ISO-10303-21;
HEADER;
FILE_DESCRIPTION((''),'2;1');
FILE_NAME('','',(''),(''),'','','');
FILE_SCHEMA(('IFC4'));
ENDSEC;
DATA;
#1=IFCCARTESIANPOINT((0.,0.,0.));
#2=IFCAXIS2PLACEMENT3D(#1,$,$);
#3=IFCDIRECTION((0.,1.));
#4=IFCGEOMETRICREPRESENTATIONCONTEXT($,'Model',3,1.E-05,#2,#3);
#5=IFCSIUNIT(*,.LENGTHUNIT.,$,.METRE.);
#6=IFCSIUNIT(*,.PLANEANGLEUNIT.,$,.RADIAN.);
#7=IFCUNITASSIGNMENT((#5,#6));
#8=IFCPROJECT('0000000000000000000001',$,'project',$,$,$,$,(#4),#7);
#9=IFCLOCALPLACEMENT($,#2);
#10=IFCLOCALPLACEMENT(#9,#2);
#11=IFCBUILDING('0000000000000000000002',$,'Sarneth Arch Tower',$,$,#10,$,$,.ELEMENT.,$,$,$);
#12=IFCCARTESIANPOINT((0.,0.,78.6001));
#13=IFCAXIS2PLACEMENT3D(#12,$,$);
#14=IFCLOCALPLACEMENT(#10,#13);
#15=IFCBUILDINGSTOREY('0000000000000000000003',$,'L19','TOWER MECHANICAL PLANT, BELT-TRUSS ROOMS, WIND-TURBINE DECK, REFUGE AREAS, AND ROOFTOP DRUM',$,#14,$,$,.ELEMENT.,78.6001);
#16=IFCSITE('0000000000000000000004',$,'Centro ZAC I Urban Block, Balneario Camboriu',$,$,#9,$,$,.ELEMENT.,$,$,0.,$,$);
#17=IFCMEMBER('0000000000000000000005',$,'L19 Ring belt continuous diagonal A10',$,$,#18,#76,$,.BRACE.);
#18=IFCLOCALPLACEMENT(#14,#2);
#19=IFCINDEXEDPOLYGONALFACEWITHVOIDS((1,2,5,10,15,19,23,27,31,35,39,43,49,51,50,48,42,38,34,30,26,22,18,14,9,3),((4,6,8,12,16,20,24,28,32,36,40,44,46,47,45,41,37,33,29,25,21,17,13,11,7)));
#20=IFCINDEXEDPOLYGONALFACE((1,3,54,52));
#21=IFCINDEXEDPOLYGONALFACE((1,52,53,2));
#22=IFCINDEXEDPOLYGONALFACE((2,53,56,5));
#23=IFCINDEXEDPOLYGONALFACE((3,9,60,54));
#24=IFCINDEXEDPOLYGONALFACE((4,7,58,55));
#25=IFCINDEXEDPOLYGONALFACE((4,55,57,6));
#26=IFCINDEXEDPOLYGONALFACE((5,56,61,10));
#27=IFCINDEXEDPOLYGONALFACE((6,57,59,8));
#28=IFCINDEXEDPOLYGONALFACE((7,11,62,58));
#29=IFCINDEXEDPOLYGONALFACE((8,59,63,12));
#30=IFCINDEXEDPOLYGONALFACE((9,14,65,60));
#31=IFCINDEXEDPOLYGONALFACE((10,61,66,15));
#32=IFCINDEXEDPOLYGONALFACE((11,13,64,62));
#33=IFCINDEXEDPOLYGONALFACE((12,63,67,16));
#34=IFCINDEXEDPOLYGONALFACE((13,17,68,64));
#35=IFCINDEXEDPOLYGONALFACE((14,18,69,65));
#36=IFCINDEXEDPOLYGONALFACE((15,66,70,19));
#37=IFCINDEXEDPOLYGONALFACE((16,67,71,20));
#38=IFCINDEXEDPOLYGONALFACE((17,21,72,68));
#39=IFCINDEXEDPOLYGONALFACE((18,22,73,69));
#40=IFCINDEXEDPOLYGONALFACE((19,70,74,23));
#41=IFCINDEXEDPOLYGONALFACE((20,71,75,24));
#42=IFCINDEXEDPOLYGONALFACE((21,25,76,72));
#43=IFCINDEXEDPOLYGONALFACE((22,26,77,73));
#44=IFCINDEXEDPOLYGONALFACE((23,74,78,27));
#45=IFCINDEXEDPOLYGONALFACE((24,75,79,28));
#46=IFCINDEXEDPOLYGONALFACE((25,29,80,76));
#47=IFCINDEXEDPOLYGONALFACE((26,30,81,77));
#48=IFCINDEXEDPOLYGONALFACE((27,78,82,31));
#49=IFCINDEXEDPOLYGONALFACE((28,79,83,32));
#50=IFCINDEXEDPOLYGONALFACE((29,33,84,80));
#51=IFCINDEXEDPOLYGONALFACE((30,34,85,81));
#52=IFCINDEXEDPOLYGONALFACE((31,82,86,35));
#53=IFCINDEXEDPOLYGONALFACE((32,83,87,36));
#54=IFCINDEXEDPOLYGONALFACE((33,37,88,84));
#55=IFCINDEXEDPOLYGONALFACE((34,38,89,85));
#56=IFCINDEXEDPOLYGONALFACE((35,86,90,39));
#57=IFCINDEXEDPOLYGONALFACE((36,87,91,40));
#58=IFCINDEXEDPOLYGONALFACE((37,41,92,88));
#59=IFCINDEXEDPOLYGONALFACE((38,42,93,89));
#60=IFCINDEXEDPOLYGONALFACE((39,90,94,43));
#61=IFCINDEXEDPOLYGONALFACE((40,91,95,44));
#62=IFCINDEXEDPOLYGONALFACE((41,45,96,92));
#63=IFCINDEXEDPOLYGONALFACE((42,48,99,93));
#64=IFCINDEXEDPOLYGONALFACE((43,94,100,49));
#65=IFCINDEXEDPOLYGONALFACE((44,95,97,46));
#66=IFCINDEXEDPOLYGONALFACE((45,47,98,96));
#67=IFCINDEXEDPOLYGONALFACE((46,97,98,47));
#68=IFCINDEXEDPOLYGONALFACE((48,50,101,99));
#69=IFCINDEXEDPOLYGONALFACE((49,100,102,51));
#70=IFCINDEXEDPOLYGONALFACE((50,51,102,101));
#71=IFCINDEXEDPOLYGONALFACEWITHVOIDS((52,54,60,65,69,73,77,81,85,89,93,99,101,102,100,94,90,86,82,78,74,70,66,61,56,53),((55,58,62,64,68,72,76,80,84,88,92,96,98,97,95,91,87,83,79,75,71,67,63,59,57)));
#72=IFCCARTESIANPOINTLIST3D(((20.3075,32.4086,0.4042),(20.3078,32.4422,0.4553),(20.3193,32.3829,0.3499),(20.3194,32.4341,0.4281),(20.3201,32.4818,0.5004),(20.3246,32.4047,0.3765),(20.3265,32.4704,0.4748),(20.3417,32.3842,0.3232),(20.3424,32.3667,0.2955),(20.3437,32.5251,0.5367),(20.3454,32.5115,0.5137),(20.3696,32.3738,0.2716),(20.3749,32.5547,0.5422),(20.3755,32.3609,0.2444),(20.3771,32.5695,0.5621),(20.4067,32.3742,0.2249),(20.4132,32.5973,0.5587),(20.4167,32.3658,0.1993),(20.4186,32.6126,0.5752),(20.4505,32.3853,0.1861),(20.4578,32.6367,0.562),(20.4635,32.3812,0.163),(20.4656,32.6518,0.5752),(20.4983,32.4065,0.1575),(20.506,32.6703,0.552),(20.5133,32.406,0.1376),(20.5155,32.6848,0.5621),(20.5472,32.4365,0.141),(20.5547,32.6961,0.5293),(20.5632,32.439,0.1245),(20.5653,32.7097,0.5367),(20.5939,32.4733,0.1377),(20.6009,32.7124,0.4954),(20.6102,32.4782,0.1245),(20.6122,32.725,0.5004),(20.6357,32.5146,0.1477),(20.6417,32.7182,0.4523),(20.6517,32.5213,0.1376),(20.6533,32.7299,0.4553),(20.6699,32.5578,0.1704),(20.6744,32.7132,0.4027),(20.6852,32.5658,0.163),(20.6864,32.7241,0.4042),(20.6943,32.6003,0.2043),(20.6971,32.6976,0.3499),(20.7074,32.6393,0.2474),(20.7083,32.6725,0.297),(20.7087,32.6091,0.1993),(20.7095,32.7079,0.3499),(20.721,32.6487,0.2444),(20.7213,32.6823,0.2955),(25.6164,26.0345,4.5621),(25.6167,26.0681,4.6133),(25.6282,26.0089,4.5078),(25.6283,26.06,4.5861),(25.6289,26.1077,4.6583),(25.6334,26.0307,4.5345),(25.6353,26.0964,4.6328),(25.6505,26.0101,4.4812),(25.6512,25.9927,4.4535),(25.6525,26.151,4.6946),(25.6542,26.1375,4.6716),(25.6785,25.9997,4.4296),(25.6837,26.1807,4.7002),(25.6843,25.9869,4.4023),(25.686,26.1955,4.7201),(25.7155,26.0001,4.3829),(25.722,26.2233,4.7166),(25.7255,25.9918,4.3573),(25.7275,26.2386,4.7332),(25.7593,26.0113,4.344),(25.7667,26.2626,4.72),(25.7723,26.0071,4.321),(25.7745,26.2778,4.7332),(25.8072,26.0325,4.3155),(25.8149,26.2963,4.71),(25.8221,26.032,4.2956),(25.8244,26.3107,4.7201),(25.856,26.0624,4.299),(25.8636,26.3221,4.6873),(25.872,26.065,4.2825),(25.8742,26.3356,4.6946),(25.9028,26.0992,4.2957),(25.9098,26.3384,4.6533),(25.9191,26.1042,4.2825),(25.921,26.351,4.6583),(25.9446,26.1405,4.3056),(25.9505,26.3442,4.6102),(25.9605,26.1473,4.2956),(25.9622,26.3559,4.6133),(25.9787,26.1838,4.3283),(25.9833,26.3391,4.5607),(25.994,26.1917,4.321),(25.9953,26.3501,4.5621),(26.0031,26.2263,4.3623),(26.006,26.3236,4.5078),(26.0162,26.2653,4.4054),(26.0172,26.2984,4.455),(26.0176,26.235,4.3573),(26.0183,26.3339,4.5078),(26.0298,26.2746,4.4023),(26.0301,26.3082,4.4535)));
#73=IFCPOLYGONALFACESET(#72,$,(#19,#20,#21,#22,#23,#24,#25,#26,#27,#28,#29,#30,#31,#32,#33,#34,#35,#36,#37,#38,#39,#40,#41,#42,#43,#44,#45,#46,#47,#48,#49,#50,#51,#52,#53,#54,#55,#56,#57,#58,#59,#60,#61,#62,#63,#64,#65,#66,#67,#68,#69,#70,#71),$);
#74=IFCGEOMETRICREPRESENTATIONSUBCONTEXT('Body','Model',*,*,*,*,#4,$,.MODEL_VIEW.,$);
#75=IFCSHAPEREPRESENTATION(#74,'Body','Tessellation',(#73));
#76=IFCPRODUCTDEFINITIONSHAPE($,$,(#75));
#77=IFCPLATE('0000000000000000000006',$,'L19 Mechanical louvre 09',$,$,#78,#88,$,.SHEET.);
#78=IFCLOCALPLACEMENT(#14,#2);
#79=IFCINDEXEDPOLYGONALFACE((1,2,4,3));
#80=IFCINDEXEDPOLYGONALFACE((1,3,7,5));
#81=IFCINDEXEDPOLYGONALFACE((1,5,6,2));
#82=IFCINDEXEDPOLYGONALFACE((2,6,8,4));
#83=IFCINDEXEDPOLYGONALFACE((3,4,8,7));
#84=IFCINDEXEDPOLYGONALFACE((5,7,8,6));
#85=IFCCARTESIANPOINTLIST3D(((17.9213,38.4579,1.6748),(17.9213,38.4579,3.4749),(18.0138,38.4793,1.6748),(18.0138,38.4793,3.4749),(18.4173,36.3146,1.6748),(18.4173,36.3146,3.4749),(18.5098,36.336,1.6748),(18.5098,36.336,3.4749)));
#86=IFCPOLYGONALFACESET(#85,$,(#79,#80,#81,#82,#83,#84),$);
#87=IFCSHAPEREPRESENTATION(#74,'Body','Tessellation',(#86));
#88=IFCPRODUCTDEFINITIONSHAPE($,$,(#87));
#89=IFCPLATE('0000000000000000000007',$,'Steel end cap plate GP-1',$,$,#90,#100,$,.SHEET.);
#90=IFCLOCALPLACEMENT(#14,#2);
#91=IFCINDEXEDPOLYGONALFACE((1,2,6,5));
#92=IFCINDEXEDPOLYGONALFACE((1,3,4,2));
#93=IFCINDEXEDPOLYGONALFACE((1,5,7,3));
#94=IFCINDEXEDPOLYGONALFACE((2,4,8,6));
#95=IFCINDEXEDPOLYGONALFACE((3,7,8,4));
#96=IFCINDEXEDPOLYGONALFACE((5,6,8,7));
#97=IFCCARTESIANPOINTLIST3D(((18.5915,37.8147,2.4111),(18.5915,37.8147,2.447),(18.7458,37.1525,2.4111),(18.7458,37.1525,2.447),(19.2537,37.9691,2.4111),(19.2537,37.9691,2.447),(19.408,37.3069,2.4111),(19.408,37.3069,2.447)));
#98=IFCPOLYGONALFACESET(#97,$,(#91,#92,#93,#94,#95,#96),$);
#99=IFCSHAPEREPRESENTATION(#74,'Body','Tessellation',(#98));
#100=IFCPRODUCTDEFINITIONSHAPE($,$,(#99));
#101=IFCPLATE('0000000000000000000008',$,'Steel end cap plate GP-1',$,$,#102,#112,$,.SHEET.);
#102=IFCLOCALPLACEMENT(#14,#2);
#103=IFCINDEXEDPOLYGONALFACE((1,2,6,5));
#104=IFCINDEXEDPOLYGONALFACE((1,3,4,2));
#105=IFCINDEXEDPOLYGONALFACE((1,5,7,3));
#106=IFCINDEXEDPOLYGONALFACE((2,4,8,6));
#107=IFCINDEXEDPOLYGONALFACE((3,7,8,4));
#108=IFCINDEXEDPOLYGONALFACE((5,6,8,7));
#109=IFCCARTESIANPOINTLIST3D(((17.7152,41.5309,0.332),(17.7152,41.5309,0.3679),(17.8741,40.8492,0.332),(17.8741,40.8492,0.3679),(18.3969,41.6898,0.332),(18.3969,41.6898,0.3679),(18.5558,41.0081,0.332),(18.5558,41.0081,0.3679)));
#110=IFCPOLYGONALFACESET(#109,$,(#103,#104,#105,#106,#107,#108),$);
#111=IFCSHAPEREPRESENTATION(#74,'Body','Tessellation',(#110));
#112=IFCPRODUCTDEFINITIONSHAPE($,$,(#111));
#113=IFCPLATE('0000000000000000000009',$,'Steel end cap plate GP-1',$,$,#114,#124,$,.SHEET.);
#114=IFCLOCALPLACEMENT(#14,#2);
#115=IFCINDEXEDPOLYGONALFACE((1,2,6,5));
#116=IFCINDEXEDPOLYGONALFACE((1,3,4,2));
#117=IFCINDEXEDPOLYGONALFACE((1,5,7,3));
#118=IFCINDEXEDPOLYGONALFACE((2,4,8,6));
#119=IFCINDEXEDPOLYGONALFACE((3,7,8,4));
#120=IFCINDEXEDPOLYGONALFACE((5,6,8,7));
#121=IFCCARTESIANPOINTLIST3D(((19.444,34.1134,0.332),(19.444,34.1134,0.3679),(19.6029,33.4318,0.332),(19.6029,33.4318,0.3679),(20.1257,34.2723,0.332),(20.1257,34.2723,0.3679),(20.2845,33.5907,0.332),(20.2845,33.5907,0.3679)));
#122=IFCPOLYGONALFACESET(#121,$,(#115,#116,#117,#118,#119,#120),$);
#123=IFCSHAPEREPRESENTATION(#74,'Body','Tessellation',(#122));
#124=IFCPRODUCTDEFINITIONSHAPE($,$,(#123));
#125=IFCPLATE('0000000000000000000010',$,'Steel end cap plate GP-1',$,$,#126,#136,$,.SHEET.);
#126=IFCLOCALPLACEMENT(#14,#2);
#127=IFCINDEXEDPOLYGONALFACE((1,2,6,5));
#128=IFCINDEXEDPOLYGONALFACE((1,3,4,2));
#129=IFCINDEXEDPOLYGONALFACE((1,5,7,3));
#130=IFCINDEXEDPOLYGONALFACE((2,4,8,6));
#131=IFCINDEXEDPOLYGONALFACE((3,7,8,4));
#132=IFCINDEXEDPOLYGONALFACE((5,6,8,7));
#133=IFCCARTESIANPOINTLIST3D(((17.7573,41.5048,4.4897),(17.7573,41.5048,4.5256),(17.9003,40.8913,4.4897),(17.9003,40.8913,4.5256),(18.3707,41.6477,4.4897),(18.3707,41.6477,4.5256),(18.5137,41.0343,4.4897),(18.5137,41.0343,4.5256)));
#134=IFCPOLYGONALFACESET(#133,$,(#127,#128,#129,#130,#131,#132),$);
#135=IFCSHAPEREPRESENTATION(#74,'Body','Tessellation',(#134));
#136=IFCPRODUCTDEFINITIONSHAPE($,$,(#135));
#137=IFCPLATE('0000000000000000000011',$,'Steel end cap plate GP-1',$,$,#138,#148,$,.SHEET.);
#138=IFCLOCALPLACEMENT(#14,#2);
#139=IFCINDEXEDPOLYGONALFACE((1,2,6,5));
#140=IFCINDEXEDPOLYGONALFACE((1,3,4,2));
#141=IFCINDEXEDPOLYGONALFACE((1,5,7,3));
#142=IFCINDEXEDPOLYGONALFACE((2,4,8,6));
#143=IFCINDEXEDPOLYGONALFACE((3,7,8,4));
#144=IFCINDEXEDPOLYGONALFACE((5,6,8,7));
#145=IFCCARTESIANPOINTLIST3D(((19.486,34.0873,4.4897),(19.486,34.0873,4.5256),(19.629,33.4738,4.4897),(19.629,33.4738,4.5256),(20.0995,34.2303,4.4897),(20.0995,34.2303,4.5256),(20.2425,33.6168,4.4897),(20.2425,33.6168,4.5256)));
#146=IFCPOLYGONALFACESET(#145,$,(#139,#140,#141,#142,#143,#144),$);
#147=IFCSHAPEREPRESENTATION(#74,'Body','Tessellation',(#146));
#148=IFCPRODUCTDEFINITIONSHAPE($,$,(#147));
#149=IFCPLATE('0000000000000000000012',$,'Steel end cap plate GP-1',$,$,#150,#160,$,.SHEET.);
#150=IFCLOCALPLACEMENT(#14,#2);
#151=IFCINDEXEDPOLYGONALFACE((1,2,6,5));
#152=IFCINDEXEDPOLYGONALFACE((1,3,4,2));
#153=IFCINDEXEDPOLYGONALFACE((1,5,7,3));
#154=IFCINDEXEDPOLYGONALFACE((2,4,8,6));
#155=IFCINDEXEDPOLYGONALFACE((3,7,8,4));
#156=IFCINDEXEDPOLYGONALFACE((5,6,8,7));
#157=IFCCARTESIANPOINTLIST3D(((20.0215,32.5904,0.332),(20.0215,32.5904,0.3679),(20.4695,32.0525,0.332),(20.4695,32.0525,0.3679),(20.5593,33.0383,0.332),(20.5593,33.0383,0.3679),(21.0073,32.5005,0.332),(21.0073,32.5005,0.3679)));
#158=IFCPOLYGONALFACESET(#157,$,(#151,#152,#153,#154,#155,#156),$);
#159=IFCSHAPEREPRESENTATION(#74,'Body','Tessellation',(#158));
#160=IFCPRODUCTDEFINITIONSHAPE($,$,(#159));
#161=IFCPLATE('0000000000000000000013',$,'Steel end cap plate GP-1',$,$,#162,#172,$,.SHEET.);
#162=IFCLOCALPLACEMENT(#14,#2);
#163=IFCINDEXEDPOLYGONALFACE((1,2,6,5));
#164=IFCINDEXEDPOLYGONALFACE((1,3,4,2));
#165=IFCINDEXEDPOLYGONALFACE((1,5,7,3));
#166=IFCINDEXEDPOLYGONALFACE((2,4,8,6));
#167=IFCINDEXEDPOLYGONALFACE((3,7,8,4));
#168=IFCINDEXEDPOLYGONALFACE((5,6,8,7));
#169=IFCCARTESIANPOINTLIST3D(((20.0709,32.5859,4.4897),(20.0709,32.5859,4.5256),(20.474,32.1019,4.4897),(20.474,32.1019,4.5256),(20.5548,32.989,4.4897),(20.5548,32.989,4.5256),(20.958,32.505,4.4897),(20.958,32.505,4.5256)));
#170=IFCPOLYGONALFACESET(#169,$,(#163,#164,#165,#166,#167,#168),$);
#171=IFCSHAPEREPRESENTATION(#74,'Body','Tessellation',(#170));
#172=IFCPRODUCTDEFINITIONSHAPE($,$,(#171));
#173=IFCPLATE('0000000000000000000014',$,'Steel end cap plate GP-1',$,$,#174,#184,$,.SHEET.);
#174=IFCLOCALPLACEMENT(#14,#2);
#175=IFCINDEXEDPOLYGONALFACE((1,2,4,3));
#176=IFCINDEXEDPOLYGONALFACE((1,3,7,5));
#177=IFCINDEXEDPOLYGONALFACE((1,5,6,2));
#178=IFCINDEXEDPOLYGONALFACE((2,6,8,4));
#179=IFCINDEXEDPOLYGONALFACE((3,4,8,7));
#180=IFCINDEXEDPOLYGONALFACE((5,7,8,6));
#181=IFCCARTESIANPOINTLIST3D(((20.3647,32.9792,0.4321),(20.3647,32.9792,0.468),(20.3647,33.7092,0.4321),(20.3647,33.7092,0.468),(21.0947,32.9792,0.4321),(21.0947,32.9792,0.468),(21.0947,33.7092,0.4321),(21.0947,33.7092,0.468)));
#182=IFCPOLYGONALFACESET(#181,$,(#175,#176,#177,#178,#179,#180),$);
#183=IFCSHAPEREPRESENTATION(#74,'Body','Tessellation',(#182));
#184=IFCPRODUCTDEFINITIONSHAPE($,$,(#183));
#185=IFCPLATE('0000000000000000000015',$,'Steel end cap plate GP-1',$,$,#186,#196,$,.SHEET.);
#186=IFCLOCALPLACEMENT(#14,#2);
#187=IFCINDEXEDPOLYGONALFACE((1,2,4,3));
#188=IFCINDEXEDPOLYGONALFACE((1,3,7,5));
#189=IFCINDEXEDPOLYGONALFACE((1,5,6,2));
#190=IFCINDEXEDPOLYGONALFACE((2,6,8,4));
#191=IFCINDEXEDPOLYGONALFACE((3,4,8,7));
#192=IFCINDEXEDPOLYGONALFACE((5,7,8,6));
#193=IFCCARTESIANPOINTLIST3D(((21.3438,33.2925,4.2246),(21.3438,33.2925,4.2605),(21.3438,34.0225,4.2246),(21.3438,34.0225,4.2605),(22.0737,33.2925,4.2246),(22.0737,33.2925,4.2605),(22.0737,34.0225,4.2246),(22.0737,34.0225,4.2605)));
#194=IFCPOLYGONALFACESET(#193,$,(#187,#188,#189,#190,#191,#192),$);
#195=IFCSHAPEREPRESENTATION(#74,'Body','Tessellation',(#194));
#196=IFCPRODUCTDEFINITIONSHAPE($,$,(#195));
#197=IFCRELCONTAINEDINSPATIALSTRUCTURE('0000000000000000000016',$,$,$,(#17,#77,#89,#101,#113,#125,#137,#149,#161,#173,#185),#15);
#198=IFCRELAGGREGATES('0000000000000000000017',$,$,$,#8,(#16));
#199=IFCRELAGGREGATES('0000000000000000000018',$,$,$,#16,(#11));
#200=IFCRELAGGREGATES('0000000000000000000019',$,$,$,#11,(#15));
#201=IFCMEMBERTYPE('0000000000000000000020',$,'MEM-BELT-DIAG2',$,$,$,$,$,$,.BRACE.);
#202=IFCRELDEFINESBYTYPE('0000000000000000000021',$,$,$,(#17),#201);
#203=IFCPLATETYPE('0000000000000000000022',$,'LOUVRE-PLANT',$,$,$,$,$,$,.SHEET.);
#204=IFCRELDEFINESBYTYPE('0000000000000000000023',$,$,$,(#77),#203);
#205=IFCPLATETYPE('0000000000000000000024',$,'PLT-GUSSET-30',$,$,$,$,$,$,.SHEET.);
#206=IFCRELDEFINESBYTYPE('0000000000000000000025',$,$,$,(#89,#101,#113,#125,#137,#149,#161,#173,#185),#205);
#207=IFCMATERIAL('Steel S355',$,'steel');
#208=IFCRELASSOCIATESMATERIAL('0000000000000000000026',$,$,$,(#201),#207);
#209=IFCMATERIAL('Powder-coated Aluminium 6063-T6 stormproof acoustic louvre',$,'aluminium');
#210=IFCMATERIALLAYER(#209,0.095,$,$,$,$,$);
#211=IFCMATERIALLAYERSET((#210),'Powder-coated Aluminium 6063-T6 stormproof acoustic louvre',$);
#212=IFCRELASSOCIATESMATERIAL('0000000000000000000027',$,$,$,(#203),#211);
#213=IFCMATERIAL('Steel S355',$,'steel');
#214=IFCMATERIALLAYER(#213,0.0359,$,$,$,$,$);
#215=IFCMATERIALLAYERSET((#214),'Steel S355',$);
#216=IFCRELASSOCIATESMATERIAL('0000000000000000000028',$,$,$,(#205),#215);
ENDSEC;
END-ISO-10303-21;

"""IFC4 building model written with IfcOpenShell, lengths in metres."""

from ifc_helpers import new_model, si_unit, direction, frame, origin, origin_2d, place, context, subcontext, project, spatial, rectangle, hollow_circle, extrude, material, layer, layer_set, material_profile, profile_set, type_object, element, save


model = new_model("IFC4")

# Units and contexts
model_context = context("Model", 3, precision=1e-05, world=origin(), true_north=direction((0.0, 1.0)))
body_context = subcontext(model_context, "Body", "Model", "MODEL_VIEW")
ifc_project = project(units=[si_unit("LENGTHUNIT", "METRE"), si_unit("PLANEANGLEUNIT", "RADIAN")], contexts=[model_context])

# Site, building, storey
site_placement = place(None, origin())
site = spatial("IfcSite", under=ifc_project, at=site_placement, Name="Centro ZAC I Urban Block, Balneario Camboriu", CompositionType="ELEMENT", RefElevation=0.0)
building_placement = place(site_placement, origin())
building = spatial("IfcBuilding", under=site, at=building_placement, Name="Sarneth Arch Tower", CompositionType="ELEMENT")
storey_placement = place(building_placement, frame((0.0, 0.0, 78.6001)))
storey = spatial("IfcBuildingStorey", under=building, at=storey_placement, Name="L19", Description="TOWER MECHANICAL PLANT, BELT-TRUSS ROOMS, WIND-TURBINE DECK, REFUGE AREAS, AND ROOFTOP DRUM", CompositionType="ELEMENT", Elevation=78.6001)

# Member
ifc_material_1 = material(Name="Steel S355", Category="steel")
ifc_material_profile_1 = material_profile(ifc_material_1, hollow_circle(Radius=0.2539, WallThickness=0.0161, at=origin_2d()), Name="CHS508x16")
ifc_profile_set_1 = profile_set([ifc_material_profile_1], Name="Steel S355")
member_type_1 = type_object("IfcMemberType", Name="MEM-BELT-DIAG2", PredefinedType="BRACE", material=ifc_profile_set_1)
member_1_placement = place(storey_placement, frame((20.5144, 32.5454, 0.3499), z_axis=(0.572132, -0.686927, 0.448102), x_axis=(0.76839, 0.639982, 0.0)))
element("IfcMember", 1, at=member_1_placement, inside=storey, type_object=member_type_1, Name="L19 Ring belt continuous diagonal A10", PredefinedType="BRACE", context=body_context, shape_type="SweptSolid", body=[
    extrude(hollow_circle(Radius=0.2539, WallThickness=0.0161, at=origin_2d()), origin(), (0.0, 0.0, 1.0), 9.2791),
])

# Plates
ifc_material_2 = material(Name="Powder-coated Aluminium 6063-T6 stormproof acoustic louvre", Category="aluminium")
ifc_layer_1 = layer(ifc_material_2, 0.095)
ifc_layer_set_1 = layer_set([ifc_layer_1], Name="Powder-coated Aluminium 6063-T6 stormproof acoustic louvre")
plate_type_1 = type_object("IfcPlateType", Name="LOUVRE-PLANT", PredefinedType="SHEET", material=ifc_layer_set_1)
plate_1_placement = place(storey_placement, frame((18.2156, 37.397, 1.6748), z_axis=(0.0, 0.0, 1.0), x_axis=(0.225461, -0.974252, 0.0)))
element("IfcPlate", 2, at=plate_1_placement, inside=storey, type_object=plate_type_1, Name="L19 Mechanical louvre 09", PredefinedType="SHEET", context=body_context, shape_type="SweptSolid", body=[
    extrude(rectangle(XDim=2.2, YDim=0.095, at=origin_2d()), origin(), (0.0, 0.0, 1.0), 1.8),
])
ifc_material_3 = material(Name="Steel S355", Category="steel")
ifc_layer_2 = layer(ifc_material_3, 0.0359)
ifc_layer_set_2 = layer_set([ifc_layer_2], Name="Steel S355")
plate_type_2 = type_object("IfcPlateType", Name="PLT-GUSSET-30", PredefinedType="SHEET", material=ifc_layer_set_2)
plate_2_placement = place(storey_placement, frame((18.9998, 37.5608, 2.4111), z_axis=(0.0, 0.0, 1.0), x_axis=(0.226991, -0.973897, 0.0)))
element("IfcPlate", 3, at=plate_2_placement, inside=storey, type_object=plate_type_2, Name="Steel end cap plate GP-1", PredefinedType="SHEET", context=body_context, shape_type="SweptSolid", body=[
    extrude(rectangle(XDim=0.6799, YDim=0.6799, at=origin_2d()), origin(), (0.0, 0.0, 1.0), 0.0359),
])
for number, where, z_axis, x_axis, name in (
    (4, (18.1355, 41.2695, 0.332), (0.0, 0.0, 1.0), (-0.226991, 0.973897, 0.0), "Steel end cap plate GP-1"),
    (5, (19.8643, 33.8521, 0.332), (0.0, 0.0, 1.0), (0.226991, -0.973897, 0.0), "Steel end cap plate GP-1"),
):
    element("IfcPlate", number, at=place(storey_placement, frame(where, z_axis=z_axis, x_axis=x_axis)), inside=storey, type_object=plate_type_2, Name=name, PredefinedType="SHEET", context=body_context, shape_type="SweptSolid", body=[
        extrude(rectangle(XDim=0.7, YDim=0.7, at=origin_2d()), origin(), (0.0, 0.0, 1.0), 0.0359),
    ])
for number, where, z_axis, x_axis, name in (
    (6, (18.1355, 41.2695, 4.4897), (0.0, 0.0, 1.0), (-0.226991, 0.973897, 0.0), "Steel end cap plate GP-1"),
    (7, (19.8643, 33.8521, 4.4897), (0.0, 0.0, 1.0), (0.226991, -0.973897, 0.0), "Steel end cap plate GP-1"),
):
    element("IfcPlate", number, at=place(storey_placement, frame(where, z_axis=z_axis, x_axis=x_axis)), inside=storey, type_object=plate_type_2, Name=name, PredefinedType="SHEET", context=body_context, shape_type="SweptSolid", body=[
        extrude(rectangle(XDim=0.6299, YDim=0.6299, at=origin_2d()), origin(), (0.0, 0.0, 1.0), 0.0359),
    ])
plate_3_placement = place(storey_placement, frame((20.5144, 32.5454, 0.332), z_axis=(0.0, 0.0, 1.0), x_axis=(-0.639976, 0.768395, 0.0)))
element("IfcPlate", 8, at=plate_3_placement, inside=storey, type_object=plate_type_2, Name="Steel end cap plate GP-1", PredefinedType="SHEET", context=body_context, shape_type="SweptSolid", body=[
    extrude(rectangle(XDim=0.7, YDim=0.7, at=origin_2d()), origin(), (0.0, 0.0, 1.0), 0.0359),
])
plate_4_placement = place(storey_placement, frame((20.5144, 32.5454, 4.4897), z_axis=(0.0, 0.0, 1.0), x_axis=(-0.639976, 0.768395, 0.0)))
element("IfcPlate", 9, at=plate_4_placement, inside=storey, type_object=plate_type_2, Name="Steel end cap plate GP-1", PredefinedType="SHEET", context=body_context, shape_type="SweptSolid", body=[
    extrude(rectangle(XDim=0.6299, YDim=0.6299, at=origin_2d()), origin(), (0.0, 0.0, 1.0), 0.0359),
])
for number, where, z_axis, x_axis, name in (
    (10, (20.7297, 33.3442, 0.4321), (0.0, 0.0, 1.0), (1.0, 0.0, 0.0), "Steel end cap plate GP-1"),
    (11, (21.7087, 33.6575, 4.2246), (0.0, 0.0, 1.0), (1.0, 0.0, 0.0), "Steel end cap plate GP-1"),
):
    element("IfcPlate", number, at=place(storey_placement, frame(where, z_axis=z_axis, x_axis=x_axis)), inside=storey, type_object=plate_type_2, Name=name, PredefinedType="SHEET", context=body_context, shape_type="SweptSolid", body=[
        extrude(rectangle(XDim=0.73, YDim=0.73, at=origin_2d()), origin(), (0.0, 0.0, 1.0), 0.0359),
    ])

save(model, "model.ifc")
